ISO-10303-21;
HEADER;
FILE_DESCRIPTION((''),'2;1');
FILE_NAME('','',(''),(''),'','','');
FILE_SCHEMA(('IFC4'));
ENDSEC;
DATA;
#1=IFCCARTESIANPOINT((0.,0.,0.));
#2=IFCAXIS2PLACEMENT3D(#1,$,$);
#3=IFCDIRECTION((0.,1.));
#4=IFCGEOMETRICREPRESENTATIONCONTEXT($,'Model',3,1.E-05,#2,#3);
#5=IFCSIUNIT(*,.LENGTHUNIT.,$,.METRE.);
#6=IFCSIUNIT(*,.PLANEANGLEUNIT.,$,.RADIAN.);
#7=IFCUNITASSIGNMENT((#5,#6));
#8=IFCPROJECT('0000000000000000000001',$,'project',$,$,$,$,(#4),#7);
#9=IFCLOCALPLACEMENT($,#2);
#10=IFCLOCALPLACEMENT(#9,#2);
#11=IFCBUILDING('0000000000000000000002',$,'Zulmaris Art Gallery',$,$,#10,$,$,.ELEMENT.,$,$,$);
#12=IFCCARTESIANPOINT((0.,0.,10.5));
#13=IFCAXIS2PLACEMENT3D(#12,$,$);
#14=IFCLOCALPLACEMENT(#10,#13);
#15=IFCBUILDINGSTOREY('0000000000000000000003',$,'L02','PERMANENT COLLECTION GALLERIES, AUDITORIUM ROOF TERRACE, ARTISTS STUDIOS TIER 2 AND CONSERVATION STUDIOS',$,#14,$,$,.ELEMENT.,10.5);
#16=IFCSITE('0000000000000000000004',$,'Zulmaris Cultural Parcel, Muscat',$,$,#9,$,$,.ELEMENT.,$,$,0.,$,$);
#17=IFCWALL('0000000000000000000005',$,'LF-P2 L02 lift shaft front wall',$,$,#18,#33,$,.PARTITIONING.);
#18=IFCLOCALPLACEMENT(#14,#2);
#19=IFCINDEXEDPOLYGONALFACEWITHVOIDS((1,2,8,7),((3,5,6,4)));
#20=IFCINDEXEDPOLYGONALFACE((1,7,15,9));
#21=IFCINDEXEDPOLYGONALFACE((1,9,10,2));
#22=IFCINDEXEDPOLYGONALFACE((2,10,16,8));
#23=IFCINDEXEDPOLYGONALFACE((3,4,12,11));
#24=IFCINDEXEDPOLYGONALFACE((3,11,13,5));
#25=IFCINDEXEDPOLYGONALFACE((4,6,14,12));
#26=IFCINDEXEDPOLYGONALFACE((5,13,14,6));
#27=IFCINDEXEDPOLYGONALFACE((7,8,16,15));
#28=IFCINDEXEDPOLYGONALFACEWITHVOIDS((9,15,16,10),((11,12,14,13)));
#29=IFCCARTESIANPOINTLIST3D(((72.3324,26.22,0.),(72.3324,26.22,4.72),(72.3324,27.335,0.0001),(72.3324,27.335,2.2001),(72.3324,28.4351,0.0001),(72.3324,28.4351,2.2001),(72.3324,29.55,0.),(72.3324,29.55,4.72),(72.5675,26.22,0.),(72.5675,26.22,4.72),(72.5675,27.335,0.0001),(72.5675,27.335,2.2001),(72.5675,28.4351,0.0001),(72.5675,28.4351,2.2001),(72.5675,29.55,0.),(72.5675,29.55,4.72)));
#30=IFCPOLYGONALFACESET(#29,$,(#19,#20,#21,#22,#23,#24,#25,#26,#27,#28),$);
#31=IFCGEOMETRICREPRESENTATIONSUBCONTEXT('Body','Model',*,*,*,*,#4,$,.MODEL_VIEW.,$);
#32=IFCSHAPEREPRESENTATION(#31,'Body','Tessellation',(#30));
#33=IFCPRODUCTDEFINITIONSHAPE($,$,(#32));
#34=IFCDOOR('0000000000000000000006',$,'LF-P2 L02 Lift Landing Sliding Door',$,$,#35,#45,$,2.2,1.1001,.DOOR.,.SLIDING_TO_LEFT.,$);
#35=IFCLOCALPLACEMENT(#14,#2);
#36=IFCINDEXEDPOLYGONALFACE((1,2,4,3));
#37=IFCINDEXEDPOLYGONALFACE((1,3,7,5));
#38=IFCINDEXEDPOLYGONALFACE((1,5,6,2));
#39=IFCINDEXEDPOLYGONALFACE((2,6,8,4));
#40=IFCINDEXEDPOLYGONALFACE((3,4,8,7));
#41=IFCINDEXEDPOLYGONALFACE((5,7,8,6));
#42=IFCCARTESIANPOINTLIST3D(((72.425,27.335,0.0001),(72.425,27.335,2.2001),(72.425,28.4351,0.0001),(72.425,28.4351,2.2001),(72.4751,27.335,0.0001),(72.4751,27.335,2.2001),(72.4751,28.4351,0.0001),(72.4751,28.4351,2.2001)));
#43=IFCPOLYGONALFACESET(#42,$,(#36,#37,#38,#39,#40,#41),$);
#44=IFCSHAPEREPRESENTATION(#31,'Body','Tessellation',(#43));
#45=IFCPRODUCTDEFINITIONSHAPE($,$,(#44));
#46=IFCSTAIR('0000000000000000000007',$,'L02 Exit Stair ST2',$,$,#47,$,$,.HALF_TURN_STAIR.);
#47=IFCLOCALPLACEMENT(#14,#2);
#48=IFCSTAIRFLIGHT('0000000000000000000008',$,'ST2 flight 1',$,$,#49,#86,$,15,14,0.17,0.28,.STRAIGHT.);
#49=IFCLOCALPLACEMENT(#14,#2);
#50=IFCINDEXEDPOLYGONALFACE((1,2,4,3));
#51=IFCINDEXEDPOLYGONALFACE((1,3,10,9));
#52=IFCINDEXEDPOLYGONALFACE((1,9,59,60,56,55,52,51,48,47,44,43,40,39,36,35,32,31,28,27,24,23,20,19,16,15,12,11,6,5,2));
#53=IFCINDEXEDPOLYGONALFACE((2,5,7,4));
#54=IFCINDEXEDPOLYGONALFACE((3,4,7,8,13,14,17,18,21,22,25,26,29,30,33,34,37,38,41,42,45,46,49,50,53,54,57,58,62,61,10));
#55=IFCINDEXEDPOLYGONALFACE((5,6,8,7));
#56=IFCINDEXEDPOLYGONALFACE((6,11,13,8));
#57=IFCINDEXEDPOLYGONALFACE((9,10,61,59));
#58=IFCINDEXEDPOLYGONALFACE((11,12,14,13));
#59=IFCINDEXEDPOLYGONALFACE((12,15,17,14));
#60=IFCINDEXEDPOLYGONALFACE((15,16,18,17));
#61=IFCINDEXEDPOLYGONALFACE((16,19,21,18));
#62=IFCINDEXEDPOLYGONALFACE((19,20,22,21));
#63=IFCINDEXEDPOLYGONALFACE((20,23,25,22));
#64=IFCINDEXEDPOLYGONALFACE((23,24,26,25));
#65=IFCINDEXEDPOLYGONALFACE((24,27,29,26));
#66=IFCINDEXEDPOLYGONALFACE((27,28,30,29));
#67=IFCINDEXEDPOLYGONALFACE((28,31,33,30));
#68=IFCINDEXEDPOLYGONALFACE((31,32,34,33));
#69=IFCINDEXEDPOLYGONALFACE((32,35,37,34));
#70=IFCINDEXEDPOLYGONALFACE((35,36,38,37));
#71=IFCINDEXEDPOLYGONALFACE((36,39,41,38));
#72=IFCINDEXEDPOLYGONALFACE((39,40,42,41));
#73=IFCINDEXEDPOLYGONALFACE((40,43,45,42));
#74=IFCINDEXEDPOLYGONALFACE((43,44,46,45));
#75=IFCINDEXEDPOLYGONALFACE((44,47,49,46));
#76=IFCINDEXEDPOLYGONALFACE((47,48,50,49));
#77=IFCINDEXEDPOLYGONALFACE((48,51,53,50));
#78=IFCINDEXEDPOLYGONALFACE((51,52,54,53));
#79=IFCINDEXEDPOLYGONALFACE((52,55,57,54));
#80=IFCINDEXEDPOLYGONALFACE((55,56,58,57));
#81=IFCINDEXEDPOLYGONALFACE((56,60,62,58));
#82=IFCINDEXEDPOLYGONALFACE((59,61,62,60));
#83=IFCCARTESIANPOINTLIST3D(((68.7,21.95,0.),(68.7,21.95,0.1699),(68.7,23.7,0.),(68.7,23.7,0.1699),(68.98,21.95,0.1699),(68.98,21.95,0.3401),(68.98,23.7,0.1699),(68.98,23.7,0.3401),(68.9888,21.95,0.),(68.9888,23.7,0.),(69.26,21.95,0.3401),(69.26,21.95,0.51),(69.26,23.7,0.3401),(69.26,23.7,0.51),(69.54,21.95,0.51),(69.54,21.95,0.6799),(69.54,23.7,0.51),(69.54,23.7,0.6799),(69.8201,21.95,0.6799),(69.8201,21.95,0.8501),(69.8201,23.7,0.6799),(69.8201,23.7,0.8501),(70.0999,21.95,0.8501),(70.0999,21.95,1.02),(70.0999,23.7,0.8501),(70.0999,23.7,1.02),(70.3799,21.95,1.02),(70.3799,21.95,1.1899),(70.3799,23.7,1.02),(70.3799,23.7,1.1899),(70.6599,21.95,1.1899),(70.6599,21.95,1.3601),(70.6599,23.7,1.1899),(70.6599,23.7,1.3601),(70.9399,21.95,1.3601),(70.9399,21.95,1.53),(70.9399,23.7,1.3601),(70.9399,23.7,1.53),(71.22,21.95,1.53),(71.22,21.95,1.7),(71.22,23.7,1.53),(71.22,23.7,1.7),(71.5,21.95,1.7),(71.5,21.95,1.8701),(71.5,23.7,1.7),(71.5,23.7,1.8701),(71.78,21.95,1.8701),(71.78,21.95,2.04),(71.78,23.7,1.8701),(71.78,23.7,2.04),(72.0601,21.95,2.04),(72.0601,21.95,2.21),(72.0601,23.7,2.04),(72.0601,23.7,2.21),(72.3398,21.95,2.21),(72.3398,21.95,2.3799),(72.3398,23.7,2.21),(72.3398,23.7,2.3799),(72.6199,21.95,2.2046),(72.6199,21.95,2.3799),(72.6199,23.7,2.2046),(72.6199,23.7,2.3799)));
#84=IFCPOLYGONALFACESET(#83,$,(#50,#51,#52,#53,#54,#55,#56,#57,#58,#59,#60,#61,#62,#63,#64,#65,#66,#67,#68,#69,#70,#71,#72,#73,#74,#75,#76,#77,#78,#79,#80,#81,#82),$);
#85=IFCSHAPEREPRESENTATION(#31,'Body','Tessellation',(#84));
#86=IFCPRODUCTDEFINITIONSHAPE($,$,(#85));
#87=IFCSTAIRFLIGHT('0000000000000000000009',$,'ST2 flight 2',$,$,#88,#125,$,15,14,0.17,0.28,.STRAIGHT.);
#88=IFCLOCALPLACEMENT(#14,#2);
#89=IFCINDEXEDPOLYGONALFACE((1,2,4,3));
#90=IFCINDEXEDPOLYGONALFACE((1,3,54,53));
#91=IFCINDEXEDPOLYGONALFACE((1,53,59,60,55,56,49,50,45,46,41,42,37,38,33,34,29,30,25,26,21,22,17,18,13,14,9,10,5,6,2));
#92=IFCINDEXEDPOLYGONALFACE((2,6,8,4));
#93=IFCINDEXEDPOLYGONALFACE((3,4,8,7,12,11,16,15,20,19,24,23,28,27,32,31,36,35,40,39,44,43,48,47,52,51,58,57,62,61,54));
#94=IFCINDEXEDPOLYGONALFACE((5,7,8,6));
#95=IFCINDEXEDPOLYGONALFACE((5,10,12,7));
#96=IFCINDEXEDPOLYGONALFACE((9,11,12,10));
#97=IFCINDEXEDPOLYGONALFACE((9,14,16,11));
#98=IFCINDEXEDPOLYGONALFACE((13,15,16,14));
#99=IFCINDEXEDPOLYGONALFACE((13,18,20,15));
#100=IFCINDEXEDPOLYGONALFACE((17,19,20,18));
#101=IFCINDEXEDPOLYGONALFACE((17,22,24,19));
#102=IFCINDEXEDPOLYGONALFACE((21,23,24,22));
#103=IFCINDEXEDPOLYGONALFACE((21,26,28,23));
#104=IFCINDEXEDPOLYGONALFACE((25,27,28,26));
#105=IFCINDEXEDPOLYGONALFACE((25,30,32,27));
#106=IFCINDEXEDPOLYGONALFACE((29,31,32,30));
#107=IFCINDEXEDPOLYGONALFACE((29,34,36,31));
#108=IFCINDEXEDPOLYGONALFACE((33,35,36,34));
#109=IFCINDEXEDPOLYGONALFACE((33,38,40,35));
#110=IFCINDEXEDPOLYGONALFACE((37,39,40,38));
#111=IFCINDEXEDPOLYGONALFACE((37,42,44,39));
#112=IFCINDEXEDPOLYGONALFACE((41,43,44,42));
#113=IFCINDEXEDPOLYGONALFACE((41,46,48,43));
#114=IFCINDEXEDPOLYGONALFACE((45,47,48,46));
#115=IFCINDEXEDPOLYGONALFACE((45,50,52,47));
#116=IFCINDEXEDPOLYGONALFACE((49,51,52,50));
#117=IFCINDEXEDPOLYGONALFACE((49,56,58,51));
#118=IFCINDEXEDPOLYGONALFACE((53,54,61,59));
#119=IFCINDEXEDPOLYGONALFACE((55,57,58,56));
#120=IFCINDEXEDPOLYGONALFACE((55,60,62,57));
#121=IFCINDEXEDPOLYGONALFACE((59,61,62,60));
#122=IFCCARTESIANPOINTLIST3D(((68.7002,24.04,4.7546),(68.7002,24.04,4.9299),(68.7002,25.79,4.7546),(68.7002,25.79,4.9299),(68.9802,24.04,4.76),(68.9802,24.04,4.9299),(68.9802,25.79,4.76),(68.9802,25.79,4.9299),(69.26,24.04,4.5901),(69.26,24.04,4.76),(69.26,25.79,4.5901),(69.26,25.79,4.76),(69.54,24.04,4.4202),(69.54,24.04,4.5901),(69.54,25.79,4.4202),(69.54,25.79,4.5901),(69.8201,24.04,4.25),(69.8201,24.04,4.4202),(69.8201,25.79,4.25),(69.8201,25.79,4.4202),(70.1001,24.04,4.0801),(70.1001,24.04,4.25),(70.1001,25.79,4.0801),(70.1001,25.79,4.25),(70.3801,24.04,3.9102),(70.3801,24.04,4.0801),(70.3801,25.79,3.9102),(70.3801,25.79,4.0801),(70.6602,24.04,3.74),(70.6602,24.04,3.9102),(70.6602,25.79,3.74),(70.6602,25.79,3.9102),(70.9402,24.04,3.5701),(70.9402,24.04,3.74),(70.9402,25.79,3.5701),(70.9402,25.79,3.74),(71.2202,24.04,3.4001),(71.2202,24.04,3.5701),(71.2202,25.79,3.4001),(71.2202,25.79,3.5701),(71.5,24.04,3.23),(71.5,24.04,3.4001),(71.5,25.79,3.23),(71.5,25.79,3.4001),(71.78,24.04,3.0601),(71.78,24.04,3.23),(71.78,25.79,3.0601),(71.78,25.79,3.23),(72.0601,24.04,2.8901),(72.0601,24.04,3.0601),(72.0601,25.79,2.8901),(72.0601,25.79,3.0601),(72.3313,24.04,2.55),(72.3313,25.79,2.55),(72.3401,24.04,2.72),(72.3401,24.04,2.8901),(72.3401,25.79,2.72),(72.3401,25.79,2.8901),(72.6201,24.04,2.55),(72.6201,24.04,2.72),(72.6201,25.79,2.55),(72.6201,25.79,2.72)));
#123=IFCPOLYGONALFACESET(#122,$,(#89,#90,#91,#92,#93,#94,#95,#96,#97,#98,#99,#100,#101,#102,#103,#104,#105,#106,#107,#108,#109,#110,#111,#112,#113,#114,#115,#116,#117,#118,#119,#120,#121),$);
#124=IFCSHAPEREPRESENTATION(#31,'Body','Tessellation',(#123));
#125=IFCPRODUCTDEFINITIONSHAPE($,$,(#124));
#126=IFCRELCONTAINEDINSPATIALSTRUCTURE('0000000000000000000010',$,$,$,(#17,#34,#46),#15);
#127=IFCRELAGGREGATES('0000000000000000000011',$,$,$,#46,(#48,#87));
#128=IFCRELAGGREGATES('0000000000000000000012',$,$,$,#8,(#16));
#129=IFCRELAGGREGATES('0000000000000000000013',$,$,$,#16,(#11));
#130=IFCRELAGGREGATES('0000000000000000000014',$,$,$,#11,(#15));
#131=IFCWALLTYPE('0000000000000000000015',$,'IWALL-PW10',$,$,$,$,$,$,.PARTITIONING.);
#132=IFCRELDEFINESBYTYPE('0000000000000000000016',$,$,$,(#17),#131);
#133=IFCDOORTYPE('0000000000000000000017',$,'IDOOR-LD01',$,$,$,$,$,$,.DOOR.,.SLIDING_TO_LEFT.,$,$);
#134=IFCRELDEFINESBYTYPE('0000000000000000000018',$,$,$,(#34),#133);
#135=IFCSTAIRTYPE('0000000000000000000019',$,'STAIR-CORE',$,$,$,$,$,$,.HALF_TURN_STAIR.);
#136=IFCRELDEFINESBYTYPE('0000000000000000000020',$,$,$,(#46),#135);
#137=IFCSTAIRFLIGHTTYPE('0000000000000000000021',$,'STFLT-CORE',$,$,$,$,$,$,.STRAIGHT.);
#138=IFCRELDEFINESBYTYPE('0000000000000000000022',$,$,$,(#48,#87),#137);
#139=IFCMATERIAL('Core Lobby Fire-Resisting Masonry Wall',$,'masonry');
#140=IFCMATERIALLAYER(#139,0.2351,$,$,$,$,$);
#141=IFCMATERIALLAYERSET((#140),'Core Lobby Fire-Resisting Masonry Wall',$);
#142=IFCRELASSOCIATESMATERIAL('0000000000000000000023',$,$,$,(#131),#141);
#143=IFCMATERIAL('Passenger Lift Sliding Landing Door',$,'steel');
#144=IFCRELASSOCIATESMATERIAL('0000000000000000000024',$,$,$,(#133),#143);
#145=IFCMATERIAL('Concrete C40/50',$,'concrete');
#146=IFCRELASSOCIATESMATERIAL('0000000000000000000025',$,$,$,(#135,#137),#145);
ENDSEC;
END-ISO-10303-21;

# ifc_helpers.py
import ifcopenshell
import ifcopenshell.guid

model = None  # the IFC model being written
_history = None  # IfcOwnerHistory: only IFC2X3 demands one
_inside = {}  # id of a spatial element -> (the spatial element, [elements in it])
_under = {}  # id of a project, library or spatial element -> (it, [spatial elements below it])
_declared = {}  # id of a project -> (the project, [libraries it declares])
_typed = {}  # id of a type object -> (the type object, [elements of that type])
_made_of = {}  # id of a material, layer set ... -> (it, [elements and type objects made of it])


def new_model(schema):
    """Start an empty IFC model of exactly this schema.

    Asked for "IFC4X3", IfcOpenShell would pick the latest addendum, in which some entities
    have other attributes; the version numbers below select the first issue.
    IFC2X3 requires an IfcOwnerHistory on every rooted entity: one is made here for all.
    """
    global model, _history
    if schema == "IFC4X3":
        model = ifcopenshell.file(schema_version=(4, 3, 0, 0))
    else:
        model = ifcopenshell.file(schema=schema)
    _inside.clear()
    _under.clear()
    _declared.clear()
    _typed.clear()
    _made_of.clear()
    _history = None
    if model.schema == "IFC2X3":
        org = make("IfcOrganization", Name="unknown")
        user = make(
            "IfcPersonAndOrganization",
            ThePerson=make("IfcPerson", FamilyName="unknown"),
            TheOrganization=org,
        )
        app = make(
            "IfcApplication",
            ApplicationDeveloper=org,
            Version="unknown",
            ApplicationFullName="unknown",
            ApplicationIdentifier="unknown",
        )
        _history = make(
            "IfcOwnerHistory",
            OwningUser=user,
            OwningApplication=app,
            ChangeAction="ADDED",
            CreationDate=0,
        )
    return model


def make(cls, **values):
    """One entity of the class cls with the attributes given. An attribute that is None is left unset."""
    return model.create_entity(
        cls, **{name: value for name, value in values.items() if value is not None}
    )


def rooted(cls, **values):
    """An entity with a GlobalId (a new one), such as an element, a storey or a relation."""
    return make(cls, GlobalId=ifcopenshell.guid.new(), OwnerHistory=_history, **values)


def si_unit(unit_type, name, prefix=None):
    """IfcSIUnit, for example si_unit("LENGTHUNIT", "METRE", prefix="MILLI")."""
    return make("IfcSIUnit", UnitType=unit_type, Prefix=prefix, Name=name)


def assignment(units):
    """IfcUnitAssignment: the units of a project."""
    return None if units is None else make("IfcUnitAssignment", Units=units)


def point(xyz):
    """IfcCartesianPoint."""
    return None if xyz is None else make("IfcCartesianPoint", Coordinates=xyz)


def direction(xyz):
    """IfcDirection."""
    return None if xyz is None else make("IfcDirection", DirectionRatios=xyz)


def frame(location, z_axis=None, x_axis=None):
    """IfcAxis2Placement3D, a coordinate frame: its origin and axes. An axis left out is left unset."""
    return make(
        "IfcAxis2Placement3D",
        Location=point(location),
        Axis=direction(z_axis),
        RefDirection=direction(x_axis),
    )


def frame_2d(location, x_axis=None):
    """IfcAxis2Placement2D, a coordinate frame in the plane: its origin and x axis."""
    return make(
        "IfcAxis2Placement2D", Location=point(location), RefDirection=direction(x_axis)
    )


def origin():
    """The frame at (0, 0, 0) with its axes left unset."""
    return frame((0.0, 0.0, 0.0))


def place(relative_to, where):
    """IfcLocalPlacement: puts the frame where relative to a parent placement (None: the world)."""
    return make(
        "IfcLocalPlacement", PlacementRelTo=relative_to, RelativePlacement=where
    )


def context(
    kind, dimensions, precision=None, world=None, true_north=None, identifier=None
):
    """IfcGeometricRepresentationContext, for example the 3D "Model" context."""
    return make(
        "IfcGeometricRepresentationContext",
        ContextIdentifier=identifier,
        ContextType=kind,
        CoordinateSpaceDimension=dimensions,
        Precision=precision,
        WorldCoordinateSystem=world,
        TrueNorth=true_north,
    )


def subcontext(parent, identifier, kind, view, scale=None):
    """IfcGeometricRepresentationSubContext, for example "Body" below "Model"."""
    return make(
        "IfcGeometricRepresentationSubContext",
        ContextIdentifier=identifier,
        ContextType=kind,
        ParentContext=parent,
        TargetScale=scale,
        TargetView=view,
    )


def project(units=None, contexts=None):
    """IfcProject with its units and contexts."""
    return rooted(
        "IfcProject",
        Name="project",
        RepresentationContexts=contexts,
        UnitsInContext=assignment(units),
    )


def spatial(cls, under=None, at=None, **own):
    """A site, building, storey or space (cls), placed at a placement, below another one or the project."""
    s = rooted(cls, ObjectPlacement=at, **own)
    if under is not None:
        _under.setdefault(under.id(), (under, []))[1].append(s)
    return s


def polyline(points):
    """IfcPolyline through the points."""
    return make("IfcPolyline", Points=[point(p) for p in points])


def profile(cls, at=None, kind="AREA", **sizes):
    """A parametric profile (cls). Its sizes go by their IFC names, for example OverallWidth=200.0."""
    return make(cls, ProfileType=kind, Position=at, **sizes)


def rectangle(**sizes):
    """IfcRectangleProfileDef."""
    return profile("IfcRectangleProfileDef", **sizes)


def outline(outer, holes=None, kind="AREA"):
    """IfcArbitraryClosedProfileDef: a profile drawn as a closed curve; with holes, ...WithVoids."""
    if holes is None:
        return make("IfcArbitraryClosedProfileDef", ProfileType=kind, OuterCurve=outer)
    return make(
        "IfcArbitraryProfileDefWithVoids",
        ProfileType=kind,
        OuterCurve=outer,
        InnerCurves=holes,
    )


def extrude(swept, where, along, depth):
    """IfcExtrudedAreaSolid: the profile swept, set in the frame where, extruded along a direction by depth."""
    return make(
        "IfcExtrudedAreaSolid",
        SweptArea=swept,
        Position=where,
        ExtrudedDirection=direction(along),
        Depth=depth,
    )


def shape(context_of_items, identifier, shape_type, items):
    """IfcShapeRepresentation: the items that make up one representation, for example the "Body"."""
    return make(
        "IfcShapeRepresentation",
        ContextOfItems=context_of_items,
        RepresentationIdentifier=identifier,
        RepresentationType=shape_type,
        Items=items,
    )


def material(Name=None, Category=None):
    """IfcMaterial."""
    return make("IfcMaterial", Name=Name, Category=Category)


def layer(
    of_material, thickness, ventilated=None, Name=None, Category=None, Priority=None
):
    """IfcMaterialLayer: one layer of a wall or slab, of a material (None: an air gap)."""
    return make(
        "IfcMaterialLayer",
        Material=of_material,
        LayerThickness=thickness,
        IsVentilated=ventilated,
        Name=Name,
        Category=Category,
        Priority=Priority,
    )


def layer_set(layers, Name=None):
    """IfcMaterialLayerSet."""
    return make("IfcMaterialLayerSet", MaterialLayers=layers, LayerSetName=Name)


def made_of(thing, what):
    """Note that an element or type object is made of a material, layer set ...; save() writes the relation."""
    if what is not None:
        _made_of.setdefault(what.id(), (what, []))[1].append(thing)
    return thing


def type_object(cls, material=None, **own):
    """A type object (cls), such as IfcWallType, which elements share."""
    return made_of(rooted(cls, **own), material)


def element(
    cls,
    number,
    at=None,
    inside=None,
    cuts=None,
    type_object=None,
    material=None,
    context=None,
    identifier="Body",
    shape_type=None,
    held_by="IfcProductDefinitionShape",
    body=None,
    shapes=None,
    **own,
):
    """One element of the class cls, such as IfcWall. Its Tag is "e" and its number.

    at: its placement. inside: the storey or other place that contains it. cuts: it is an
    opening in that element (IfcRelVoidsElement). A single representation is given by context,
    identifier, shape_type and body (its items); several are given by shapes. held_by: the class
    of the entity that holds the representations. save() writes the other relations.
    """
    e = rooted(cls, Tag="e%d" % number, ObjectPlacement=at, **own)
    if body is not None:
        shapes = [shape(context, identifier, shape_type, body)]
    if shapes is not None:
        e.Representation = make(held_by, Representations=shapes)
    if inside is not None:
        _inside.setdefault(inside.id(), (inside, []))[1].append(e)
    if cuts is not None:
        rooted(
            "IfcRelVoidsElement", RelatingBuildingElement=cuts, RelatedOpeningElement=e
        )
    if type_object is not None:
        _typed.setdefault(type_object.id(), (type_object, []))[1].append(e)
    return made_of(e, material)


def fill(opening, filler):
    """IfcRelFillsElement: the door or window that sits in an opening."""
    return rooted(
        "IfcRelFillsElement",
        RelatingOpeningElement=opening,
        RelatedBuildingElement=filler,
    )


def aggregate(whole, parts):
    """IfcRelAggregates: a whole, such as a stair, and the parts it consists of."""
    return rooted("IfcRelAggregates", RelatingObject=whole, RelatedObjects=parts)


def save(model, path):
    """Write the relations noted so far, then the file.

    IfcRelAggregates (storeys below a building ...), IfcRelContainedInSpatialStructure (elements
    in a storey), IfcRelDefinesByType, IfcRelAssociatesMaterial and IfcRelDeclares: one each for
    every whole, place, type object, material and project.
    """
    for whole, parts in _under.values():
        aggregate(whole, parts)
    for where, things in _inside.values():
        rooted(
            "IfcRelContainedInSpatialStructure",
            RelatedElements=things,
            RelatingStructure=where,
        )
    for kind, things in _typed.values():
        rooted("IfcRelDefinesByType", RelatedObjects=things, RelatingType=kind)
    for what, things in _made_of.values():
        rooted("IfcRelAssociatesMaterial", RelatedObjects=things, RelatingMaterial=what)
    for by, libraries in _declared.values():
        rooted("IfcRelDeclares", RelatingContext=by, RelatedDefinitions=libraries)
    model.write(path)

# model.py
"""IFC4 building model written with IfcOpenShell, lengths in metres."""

from ifc_helpers import new_model, si_unit, direction, frame, frame_2d, origin, place, context, subcontext, project, spatial, polyline, rectangle, outline, extrude, material, layer, layer_set, type_object, element, fill, aggregate, save


model = new_model("IFC4")

# Units and contexts
model_context = context("Model", 3, precision=1e-05, world=origin(), true_north=direction((0.0, 1.0)))
body_context = subcontext(model_context, "Body", "Model", "MODEL_VIEW")
ifc_project = project(units=[si_unit("LENGTHUNIT", "METRE"), si_unit("PLANEANGLEUNIT", "RADIAN")], contexts=[model_context])

# Site, building, storey
site_placement = place(None, origin())
site = spatial("IfcSite", under=ifc_project, at=site_placement, Name="Zulmaris Cultural Parcel, Muscat", CompositionType="ELEMENT", RefElevation=0.0)
building_placement = place(site_placement, origin())
building = spatial("IfcBuilding", under=site, at=building_placement, Name="Zulmaris Art Gallery", CompositionType="ELEMENT")
storey_placement = place(building_placement, frame((0.0, 0.0, 10.5)))
storey = spatial("IfcBuildingStorey", under=building, at=storey_placement, Name="L02", Description="PERMANENT COLLECTION GALLERIES, AUDITORIUM ROOF TERRACE, ARTISTS STUDIOS TIER 2 AND CONSERVATION STUDIOS", CompositionType="ELEMENT", Elevation=10.5)

# Shared definitions
ifc_material_1 = material(Name="Concrete C40/50", Category="concrete")

# Wall, opening, door
ifc_material_2 = material(Name="Core Lobby Fire-Resisting Masonry Wall", Category="masonry")
ifc_layer_1 = layer(ifc_material_2, 0.2351)
ifc_layer_set_1 = layer_set([ifc_layer_1], Name="Core Lobby Fire-Resisting Masonry Wall")
wall_type_1 = type_object("IfcWallType", Name="IWALL-PW10", PredefinedType="PARTITIONING", material=ifc_layer_set_1)
wall_1_placement = place(storey_placement, frame((72.45, 26.22, 0.0), z_axis=(0.0, 0.0, 1.0), x_axis=(0.0, 1.0, 0.0)))
wall_1 = element("IfcWall", 1, at=wall_1_placement, inside=storey, type_object=wall_type_1, Name="LF-P2 L02 lift shaft front wall", PredefinedType="PARTITIONING", context=body_context, shape_type="SweptSolid", body=[
    extrude(rectangle(XDim=3.3301, YDim=0.2351, at=frame_2d((1.665, 0.0))), origin(), (0.0, 0.0, 1.0), 4.72),
])
opening_1_placement = place(wall_1_placement, frame((1.115, 0.0, 0.0)))
opening_1 = element("IfcOpeningElement", 2, at=opening_1_placement, cuts=wall_1, PredefinedType="OPENING", context=body_context, shape_type="SweptSolid", body=[
    extrude(rectangle(XDim=1.1001, YDim=2.2, at=frame_2d((0.55, 1.1001))), frame((0.0, 0.1274, 0.0), z_axis=(0.0, -1.0, 0.0), x_axis=(1.0, 0.0, 0.0)), (0.0, 0.0, 1.0), 0.2551),
])
ifc_material_3 = material(Name="Passenger Lift Sliding Landing Door", Category="steel")
door_type = type_object("IfcDoorType", Name="IDOOR-LD01", OperationType="SLIDING_TO_LEFT", PredefinedType="DOOR", material=ifc_material_3)
door_placement = place(opening_1_placement, origin())
door = element("IfcDoor", 3, at=door_placement, inside=storey, type_object=door_type, Name="LF-P2 L02 Lift Landing Sliding Door", OperationType="SLIDING_TO_LEFT", OverallHeight=2.2, OverallWidth=1.1001, PredefinedType="DOOR", context=body_context, shape_type="SweptSolid", body=[
    extrude(rectangle(XDim=1.1001, YDim=2.2, at=frame_2d((0.55, 1.1001))), frame((0.0, 0.0249, 0.0), z_axis=(0.0, -1.0, 0.0), x_axis=(1.0, 0.0, 0.0)), (0.0, 0.0, 1.0), 0.05),
])
fill(opening_1, door)

# Stair, stair flights
stair_type = type_object("IfcStairType", Name="STAIR-CORE", PredefinedType="HALF_TURN_STAIR", material=ifc_material_1)
stair_placement = place(storey_placement, origin())
stair = element("IfcStair", 4, at=stair_placement, inside=storey, type_object=stair_type, Name="L02 Exit Stair ST2", PredefinedType="HALF_TURN_STAIR")
stair_flight_type = type_object("IfcStairFlightType", Name="STFLT-CORE", PredefinedType="STRAIGHT", material=ifc_material_1)
stair_flight_1_placement = place(storey_placement, frame((68.7, 22.825, 0.0), z_axis=(0.0, 0.0, 1.0), x_axis=(1.0, 0.0, 0.0)))
stair_flight_1 = element("IfcStairFlight", 5, at=stair_flight_1_placement, type_object=stair_flight_type, Name="ST2 flight 1", NumberOfRisers=15, NumberOfTreads=14, PredefinedType="STRAIGHT", RiserHeight=0.17, TreadLength=0.28, context=body_context, shape_type="SweptSolid", body=[
    extrude(outline(polyline([(0.0, 0.0), (0.0, 0.1699), (0.28, 0.1699), (0.28, 0.3401), (0.5601, 0.3401), (0.5601, 0.51), (0.8401, 0.51), (0.8401, 0.6799), (1.1201, 0.6799), (1.1201, 0.8501), (1.3999, 0.8501), (1.3999, 1.02), (1.6799, 1.02), (1.6799, 1.1899), (1.96, 1.1899), (1.96, 1.3601), (2.24, 1.3601), (2.24, 1.53), (2.52, 1.53), (2.52, 1.7), (2.8, 1.7), (2.8, 1.8701), (3.0801, 1.8701), (3.0801, 2.04), (3.3601, 2.04), (3.3601, 2.21), (3.6399, 2.21), (3.6399, 2.3799), (3.9199, 2.3799), (3.9199, 2.55), (3.9199, 2.2046), (0.2888, 0.0), (0.0, 0.0)])), frame((0.0, 0.875, 0.0), z_axis=(0.0, -1.0, 0.0), x_axis=(1.0, 0.0, 0.0)), (0.0, 0.0, 1.0), 1.75),
])
stair_flight_2_placement = place(storey_placement, frame((72.6201, 24.915, 2.55), z_axis=(0.0, 0.0, 1.0), x_axis=(-1.0, 0.0, 0.0)))
stair_flight_2 = element("IfcStairFlight", 6, at=stair_flight_2_placement, type_object=stair_flight_type, Name="ST2 flight 2", NumberOfRisers=15, NumberOfTreads=14, PredefinedType="STRAIGHT", RiserHeight=0.17, TreadLength=0.28, context=body_context, shape_type="SweptSolid", body=[
    extrude(outline(polyline([(0.0, 0.0), (0.0, 0.1699), (0.28, 0.1699), (0.28, 0.3401), (0.5601, 0.3401), (0.5601, 0.51), (0.8401, 0.51), (0.8401, 0.6799), (1.1201, 0.6799), (1.1201, 0.8501), (1.3999, 0.8501), (1.3999, 1.02), (1.6799, 1.02), (1.6799, 1.1899), (1.96, 1.1899), (1.96, 1.3601), (2.24, 1.3601), (2.24, 1.53), (2.52, 1.53), (2.52, 1.7), (2.8, 1.7), (2.8, 1.8701), (3.0801, 1.8701), (3.0801, 2.04), (3.3601, 2.04), (3.3601, 2.21), (3.6399, 2.21), (3.6399, 2.3799), (3.9199, 2.3799), (3.9199, 2.55), (3.9199, 2.2046), (0.2888, 0.0), (0.0, 0.0)])), frame((0.0, 0.875, 0.0), z_axis=(0.0, -1.0, 0.0), x_axis=(1.0, 0.0, 0.0)), (0.0, 0.0, 1.0), 1.75),
])
aggregate(stair, [stair_flight_1, stair_flight_2])

save(model, "model.ifc")
